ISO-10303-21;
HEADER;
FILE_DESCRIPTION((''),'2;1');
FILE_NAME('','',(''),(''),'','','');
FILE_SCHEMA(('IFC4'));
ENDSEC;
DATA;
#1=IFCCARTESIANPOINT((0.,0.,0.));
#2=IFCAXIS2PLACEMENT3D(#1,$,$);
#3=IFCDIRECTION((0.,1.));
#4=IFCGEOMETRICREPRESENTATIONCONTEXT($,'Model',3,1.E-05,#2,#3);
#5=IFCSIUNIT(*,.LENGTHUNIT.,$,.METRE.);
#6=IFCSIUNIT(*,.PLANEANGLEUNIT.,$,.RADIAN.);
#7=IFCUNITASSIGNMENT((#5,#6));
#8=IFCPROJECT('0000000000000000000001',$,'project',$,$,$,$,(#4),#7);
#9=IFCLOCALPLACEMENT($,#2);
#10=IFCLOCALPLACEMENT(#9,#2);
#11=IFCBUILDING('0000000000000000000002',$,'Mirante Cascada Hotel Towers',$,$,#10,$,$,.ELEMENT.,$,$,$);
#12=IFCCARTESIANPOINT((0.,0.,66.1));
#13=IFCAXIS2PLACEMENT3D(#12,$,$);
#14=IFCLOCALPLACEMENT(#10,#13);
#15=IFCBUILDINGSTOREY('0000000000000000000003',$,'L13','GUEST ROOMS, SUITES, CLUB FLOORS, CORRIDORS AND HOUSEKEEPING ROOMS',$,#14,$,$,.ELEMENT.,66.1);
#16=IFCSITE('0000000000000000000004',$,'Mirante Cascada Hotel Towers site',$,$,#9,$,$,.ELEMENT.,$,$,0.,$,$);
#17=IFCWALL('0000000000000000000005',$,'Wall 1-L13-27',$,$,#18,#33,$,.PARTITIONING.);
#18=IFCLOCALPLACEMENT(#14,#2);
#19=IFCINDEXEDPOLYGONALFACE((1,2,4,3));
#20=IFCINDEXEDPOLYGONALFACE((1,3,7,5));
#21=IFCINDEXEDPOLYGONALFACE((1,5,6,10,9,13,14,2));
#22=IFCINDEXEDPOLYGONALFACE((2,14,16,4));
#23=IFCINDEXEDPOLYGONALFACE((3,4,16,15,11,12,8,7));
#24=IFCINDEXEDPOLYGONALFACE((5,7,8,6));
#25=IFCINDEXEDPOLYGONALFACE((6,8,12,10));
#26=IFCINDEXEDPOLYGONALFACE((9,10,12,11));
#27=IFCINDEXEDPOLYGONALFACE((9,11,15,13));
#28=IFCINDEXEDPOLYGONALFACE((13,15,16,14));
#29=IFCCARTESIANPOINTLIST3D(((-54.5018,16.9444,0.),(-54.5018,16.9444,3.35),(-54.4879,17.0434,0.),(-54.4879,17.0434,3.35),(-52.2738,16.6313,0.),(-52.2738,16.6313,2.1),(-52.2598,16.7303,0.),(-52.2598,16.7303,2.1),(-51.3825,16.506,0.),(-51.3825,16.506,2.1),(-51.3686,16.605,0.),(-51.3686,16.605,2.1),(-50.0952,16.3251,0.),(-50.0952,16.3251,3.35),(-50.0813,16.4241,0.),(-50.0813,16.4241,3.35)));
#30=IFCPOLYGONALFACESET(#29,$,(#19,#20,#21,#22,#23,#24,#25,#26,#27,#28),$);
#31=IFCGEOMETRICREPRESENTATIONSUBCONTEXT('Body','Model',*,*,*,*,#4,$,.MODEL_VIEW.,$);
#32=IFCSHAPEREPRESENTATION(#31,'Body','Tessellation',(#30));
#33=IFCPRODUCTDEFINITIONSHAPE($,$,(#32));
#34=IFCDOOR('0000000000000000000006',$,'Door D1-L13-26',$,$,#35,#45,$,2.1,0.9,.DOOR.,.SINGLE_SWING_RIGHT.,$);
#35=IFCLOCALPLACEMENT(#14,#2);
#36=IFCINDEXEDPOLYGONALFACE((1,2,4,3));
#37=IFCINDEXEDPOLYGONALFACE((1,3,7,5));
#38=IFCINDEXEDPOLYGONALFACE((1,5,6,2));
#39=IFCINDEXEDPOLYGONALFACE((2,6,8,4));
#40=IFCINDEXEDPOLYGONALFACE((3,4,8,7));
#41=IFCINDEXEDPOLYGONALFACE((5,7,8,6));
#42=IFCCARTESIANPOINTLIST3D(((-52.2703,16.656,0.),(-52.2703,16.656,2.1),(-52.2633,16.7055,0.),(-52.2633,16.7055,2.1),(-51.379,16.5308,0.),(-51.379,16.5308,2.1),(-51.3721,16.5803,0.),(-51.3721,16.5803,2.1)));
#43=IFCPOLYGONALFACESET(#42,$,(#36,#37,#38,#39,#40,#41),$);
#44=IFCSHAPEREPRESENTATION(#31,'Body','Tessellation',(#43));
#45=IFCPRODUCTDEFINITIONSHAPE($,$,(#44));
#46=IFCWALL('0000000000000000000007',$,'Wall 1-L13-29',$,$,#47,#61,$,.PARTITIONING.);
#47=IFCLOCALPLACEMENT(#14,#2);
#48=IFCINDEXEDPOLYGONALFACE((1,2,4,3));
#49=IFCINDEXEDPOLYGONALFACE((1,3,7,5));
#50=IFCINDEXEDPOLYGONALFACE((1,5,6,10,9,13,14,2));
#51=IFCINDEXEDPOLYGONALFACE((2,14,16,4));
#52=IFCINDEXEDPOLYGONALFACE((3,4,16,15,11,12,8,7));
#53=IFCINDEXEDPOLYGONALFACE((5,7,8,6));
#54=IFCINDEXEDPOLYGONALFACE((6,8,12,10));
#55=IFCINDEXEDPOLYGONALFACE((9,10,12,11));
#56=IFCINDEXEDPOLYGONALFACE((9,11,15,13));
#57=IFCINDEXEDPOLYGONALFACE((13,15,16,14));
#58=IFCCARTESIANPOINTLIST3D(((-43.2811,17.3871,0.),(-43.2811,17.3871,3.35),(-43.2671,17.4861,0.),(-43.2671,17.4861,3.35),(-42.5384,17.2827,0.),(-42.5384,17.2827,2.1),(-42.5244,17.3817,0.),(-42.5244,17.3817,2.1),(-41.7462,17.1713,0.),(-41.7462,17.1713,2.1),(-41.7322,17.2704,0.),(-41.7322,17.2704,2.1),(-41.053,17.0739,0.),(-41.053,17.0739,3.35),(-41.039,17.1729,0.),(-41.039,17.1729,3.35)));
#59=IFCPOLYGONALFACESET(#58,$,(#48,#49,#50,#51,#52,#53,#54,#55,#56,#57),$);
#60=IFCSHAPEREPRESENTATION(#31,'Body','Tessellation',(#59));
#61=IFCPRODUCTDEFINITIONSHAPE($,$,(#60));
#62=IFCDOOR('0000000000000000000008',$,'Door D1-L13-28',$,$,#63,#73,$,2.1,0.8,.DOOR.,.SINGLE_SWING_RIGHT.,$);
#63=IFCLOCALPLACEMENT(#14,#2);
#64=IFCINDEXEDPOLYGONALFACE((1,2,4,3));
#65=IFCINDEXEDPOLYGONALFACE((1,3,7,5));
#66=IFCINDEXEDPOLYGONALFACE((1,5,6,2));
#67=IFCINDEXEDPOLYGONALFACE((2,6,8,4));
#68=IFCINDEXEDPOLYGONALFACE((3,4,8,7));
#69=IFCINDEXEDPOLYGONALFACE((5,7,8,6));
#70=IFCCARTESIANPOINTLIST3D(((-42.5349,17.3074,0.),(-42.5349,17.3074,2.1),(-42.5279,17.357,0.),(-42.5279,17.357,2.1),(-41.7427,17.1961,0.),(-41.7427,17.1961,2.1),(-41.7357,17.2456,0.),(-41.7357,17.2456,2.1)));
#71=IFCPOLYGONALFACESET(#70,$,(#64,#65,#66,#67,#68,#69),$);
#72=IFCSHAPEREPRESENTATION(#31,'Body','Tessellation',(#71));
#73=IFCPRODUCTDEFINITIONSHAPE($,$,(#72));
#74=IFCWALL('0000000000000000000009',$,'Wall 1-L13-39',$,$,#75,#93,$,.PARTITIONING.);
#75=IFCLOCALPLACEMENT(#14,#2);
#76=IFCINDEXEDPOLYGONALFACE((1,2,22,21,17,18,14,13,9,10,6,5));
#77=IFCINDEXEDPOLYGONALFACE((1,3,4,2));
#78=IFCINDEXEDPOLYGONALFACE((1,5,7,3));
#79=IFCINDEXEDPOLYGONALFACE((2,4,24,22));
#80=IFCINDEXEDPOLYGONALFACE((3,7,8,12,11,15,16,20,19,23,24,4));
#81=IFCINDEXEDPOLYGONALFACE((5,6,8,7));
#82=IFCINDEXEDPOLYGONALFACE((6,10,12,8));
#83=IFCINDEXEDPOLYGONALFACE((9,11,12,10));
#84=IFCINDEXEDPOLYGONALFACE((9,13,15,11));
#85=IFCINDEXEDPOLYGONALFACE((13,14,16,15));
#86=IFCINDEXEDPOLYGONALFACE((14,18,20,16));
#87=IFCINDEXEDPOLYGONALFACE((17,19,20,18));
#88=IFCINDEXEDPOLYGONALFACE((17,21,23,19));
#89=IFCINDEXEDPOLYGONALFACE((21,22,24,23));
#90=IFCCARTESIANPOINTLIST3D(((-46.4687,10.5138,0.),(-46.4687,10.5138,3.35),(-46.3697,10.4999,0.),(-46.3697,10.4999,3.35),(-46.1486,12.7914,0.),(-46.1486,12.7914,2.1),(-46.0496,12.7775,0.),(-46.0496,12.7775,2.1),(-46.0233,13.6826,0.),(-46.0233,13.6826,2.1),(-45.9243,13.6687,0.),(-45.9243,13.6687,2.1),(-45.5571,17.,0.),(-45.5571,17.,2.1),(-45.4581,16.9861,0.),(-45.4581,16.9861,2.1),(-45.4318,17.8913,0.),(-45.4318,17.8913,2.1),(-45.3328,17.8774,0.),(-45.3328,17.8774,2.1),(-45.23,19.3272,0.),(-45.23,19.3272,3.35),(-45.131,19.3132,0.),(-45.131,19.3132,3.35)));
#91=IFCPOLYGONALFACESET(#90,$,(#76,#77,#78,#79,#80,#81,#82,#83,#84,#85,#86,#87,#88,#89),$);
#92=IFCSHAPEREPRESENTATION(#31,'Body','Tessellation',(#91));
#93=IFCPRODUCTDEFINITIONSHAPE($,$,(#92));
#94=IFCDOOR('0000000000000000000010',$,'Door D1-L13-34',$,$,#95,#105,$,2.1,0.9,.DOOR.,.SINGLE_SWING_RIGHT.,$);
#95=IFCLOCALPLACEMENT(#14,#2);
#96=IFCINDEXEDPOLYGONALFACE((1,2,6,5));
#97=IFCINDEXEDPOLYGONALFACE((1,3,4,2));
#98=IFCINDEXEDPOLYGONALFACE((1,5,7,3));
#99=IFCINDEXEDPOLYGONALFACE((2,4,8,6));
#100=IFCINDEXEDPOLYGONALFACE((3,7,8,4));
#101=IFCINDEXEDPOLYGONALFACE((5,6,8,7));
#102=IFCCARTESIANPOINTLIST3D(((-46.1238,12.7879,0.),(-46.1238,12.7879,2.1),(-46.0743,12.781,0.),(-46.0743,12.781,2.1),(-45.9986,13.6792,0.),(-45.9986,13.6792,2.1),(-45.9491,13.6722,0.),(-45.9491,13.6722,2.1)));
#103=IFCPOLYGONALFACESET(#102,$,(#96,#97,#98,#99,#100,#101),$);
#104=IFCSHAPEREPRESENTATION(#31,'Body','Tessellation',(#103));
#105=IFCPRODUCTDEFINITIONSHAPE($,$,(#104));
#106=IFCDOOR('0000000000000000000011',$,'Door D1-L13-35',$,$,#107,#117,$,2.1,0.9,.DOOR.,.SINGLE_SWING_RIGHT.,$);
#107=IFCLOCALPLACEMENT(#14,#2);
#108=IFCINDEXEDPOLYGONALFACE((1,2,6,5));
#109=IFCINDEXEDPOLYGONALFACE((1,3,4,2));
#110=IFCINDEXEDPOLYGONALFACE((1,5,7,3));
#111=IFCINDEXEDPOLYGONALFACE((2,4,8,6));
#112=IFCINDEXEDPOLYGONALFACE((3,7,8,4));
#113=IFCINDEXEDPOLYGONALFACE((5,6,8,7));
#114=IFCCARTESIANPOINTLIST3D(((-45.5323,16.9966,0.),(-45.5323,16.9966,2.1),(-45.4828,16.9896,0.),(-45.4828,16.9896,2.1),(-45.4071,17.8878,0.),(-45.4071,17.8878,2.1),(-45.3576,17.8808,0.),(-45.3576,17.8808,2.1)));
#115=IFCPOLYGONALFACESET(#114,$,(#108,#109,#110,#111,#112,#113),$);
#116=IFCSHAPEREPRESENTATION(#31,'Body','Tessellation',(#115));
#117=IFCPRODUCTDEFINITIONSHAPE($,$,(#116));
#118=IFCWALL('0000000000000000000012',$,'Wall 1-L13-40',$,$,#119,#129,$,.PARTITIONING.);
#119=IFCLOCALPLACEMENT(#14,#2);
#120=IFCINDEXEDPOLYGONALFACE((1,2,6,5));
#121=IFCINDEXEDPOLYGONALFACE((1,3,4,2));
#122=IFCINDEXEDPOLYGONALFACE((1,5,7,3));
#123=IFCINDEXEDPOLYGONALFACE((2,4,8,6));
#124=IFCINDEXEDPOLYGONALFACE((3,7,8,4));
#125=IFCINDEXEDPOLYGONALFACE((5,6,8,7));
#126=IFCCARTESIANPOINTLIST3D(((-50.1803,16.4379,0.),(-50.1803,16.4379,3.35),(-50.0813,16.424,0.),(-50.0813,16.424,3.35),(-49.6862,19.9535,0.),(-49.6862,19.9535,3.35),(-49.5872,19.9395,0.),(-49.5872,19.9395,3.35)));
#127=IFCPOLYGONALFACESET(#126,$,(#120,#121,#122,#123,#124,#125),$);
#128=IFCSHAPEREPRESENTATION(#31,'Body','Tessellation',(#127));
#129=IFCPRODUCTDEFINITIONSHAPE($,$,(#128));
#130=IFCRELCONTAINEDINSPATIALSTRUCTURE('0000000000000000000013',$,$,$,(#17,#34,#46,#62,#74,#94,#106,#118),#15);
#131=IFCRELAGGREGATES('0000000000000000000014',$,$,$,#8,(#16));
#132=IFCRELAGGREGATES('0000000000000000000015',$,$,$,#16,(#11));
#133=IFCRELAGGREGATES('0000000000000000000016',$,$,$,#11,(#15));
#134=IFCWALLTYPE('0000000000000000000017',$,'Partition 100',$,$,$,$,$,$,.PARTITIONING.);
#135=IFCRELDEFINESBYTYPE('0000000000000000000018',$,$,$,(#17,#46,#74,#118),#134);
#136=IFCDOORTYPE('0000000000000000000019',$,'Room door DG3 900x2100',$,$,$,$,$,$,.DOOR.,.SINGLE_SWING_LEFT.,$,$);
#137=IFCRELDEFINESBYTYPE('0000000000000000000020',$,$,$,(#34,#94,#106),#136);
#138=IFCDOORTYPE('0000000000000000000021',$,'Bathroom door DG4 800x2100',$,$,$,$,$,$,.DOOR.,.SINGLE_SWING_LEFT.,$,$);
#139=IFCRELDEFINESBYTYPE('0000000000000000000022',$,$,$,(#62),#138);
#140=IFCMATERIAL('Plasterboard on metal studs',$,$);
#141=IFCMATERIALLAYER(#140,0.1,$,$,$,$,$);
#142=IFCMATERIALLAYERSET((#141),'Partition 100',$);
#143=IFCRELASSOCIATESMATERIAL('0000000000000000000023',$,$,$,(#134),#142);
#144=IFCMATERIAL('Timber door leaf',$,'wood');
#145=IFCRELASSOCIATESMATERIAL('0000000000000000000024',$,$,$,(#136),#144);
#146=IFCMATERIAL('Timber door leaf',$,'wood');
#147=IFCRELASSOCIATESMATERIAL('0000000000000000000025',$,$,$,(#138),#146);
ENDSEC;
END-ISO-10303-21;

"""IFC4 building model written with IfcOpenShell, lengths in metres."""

from ifc_helpers import new_model, si_unit, direction, frame, frame_2d, origin, place, context, subcontext, project, spatial, rectangle, extrude, material, layer, layer_set, type_object, element, fill, save


model = new_model("IFC4")

# Units and contexts
model_context = context("Model", 3, precision=1e-05, world=origin(), true_north=direction((0.0, 1.0)))
body_context = subcontext(model_context, "Body", "Model", "MODEL_VIEW")
ifc_project = project(units=[si_unit("LENGTHUNIT", "METRE"), si_unit("PLANEANGLEUNIT", "RADIAN")], contexts=[model_context])

# Site, building, storey
site_placement = place(None, origin())
site = spatial("IfcSite", under=ifc_project, at=site_placement, Name="Mirante Cascada Hotel Towers site", CompositionType="ELEMENT", RefElevation=0.0)
building_placement = place(site_placement, origin())
building = spatial("IfcBuilding", under=site, at=building_placement, Name="Mirante Cascada Hotel Towers", CompositionType="ELEMENT")
storey_placement = place(building_placement, frame((0.0, 0.0, 66.1)))
storey = spatial("IfcBuildingStorey", under=building, at=storey_placement, Name="L13", Description="GUEST ROOMS, SUITES, CLUB FLOORS, CORRIDORS AND HOUSEKEEPING ROOMS", CompositionType="ELEMENT", Elevation=66.1)

# Shared definitions
ifc_material_1 = material(Name="Plasterboard on metal studs")
ifc_layer_1 = layer(ifc_material_1, 0.1)
ifc_layer_set_1 = layer_set([ifc_layer_1], Name="Partition 100")
wall_type_1 = type_object("IfcWallType", Name="Partition 100", PredefinedType="PARTITIONING", material=ifc_layer_set_1)

# Walls, openings, doors
wall_1_placement = place(storey_placement, frame((-54.4949, 16.9939, 0.0), z_axis=(0.0, 0.0, 1.0), x_axis=(0.990268, -0.139172, 0.0)))
wall_1 = element("IfcWall", 1, at=wall_1_placement, inside=storey, type_object=wall_type_1, Name="Wall 1-L13-27", PredefinedType="PARTITIONING", context=body_context, shape_type="SweptSolid", body=[
    extrude(rectangle(XDim=4.4499, YDim=0.1, at=frame_2d((2.225, 0.0))), origin(), (0.0, 0.0, 1.0), 3.35),
])
opening_1_placement = place(wall_1_placement, frame((2.25, 0.0, 0.0)))
opening_1 = element("IfcOpeningElement", 2, at=opening_1_placement, cuts=wall_1, PredefinedType="OPENING", context=body_context, shape_type="SweptSolid", body=[
    extrude(rectangle(XDim=0.9, YDim=2.1, at=frame_2d((0.45, 1.05))), frame((0.0, 0.05, 0.0), z_axis=(0.0, -1.0, 0.0), x_axis=(1.0, 0.0, 0.0)), (0.0, 0.0, 1.0), 0.1),
])
ifc_material_2 = material(Name="Timber door leaf", Category="wood")
door_type_1 = type_object("IfcDoorType", Name="Room door DG3 900x2100", OperationType="SINGLE_SWING_LEFT", PredefinedType="DOOR", material=ifc_material_2)
door_1_placement = place(opening_1_placement, frame((0.9, 0.0, 0.0), z_axis=(0.0, 0.0, 1.0), x_axis=(-1.0, 0.0, 0.0)))
door_1 = element("IfcDoor", 3, at=door_1_placement, inside=storey, type_object=door_type_1, Name="Door D1-L13-26", OperationType="SINGLE_SWING_RIGHT", OverallHeight=2.1, OverallWidth=0.9, PredefinedType="DOOR", context=body_context, shape_type="SweptSolid", body=[
    extrude(rectangle(XDim=0.9, YDim=2.1, at=frame_2d((0.45, 1.05))), frame((0.0, 0.025, 0.0), z_axis=(0.0, -1.0, 0.0), x_axis=(1.0, 0.0, 0.0)), (0.0, 0.0, 1.0), 0.05),
])
fill(opening_1, door_1)
wall_2_placement = place(storey_placement, frame((-43.2741, 17.4366, 0.0), z_axis=(0.0, 0.0, 1.0), x_axis=(0.990264, -0.1392, 0.0)))
wall_2 = element("IfcWall", 4, at=wall_2_placement, inside=storey, type_object=wall_type_1, Name="Wall 1-L13-29", PredefinedType="PARTITIONING", context=body_context, shape_type="SweptSolid", body=[
    extrude(rectangle(XDim=2.25, YDim=0.1, at=frame_2d((1.125, 0.0))), origin(), (0.0, 0.0, 1.0), 3.35),
])
opening_2_placement = place(wall_2_placement, frame((0.75, 0.0, 0.0)))
opening_2 = element("IfcOpeningElement", 5, at=opening_2_placement, cuts=wall_2, PredefinedType="OPENING", context=body_context, shape_type="SweptSolid", body=[
    extrude(rectangle(XDim=0.8, YDim=2.1, at=frame_2d((0.4, 1.05))), frame((0.0, 0.05, 0.0), z_axis=(0.0, -1.0, 0.0), x_axis=(1.0, 0.0, 0.0)), (0.0, 0.0, 1.0), 0.1),
])
ifc_material_3 = material(Name="Timber door leaf", Category="wood")
door_type_2 = type_object("IfcDoorType", Name="Bathroom door DG4 800x2100", OperationType="SINGLE_SWING_LEFT", PredefinedType="DOOR", material=ifc_material_3)
door_2_placement = place(opening_2_placement, frame((0.8, 0.0, 0.0), z_axis=(0.0, 0.0, 1.0), x_axis=(-1.0, 0.0, 0.0)))
door_2 = element("IfcDoor", 6, at=door_2_placement, inside=storey, type_object=door_type_2, Name="Door D1-L13-28", OperationType="SINGLE_SWING_RIGHT", OverallHeight=2.1, OverallWidth=0.8, PredefinedType="DOOR", context=body_context, shape_type="SweptSolid", body=[
    extrude(rectangle(XDim=0.8, YDim=2.1, at=frame_2d((0.4, 1.05))), frame((0.0, 0.025, 0.0), z_axis=(0.0, -1.0, 0.0), x_axis=(1.0, 0.0, 0.0)), (0.0, 0.0, 1.0), 0.05),
])
fill(opening_2, door_2)

# Wall, openings, doors
wall_3_placement = place(storey_placement, frame((-45.1805, 19.3202, 0.0), z_axis=(0.0, 0.0, 1.0), x_axis=(-0.139179, -0.990267, 0.0)))
wall_3 = element("IfcWall", 7, at=wall_3_placement, inside=storey, type_object=wall_type_1, Name="Wall 1-L13-39", PredefinedType="PARTITIONING", context=body_context, shape_type="SweptSolid", body=[
    extrude(rectangle(XDim=8.9, YDim=0.1, at=frame_2d((4.45, 0.0))), origin(), (0.0, 0.0, 1.0), 3.35),
])
opening_3_placement = place(wall_3_placement, frame((5.7, 0.0, 0.0)))
opening_3 = element("IfcOpeningElement", 8, at=opening_3_placement, cuts=wall_3, PredefinedType="OPENING", context=body_context, shape_type="SweptSolid", body=[
    extrude(rectangle(XDim=0.9, YDim=2.1, at=frame_2d((0.45, 1.05))), frame((0.0, 0.05, 0.0), z_axis=(0.0, -1.0, 0.0), x_axis=(1.0, 0.0, 0.0)), (0.0, 0.0, 1.0), 0.1),
])
opening_4_placement = place(wall_3_placement, frame((1.45, 0.0, 0.0)))
opening_4 = element("IfcOpeningElement", 9, at=opening_4_placement, cuts=wall_3, PredefinedType="OPENING", context=body_context, shape_type="SweptSolid", body=[
    extrude(rectangle(XDim=0.9, YDim=2.1, at=frame_2d((0.45, 1.05))), frame((0.0, 0.05, 0.0), z_axis=(0.0, -1.0, 0.0), x_axis=(1.0, 0.0, 0.0)), (0.0, 0.0, 1.0), 0.1),
])
door_3_placement = place(opening_3_placement, frame((0.9, 0.0, 0.0), z_axis=(0.0, 0.0, 1.0), x_axis=(-1.0, 0.0, 0.0)))
door_3 = element("IfcDoor", 10, at=door_3_placement, inside=storey, type_object=door_type_1, Name="Door D1-L13-34", OperationType="SINGLE_SWING_RIGHT", OverallHeight=2.1, OverallWidth=0.9, PredefinedType="DOOR", context=body_context, shape_type="SweptSolid", body=[
    extrude(rectangle(XDim=0.9, YDim=2.1, at=frame_2d((0.45, 1.05))), frame((0.0, 0.025, 0.0), z_axis=(0.0, -1.0, 0.0), x_axis=(1.0, 0.0, 0.0)), (0.0, 0.0, 1.0), 0.05),
])
fill(opening_3, door_3)
door_4_placement = place(opening_4_placement, frame((0.9, 0.0, 0.0), z_axis=(0.0, 0.0, 1.0), x_axis=(-1.0, 0.0, 0.0)))
door_4 = element("IfcDoor", 11, at=door_4_placement, inside=storey, type_object=door_type_1, Name="Door D1-L13-35", OperationType="SINGLE_SWING_RIGHT", OverallHeight=2.1, OverallWidth=0.9, PredefinedType="DOOR", context=body_context, shape_type="SweptSolid", body=[
    extrude(rectangle(XDim=0.9, YDim=2.1, at=frame_2d((0.45, 1.05))), frame((0.0, 0.025, 0.0), z_axis=(0.0, -1.0, 0.0), x_axis=(1.0, 0.0, 0.0)), (0.0, 0.0, 1.0), 0.05),
])
fill(opening_4, door_4)

# Wall
wall_4_placement = place(storey_placement, frame((-50.1308, 16.431, 0.0), z_axis=(0.0, 0.0, 1.0), x_axis=(0.139181, 0.990267, 0.0)))
element("IfcWall", 12, at=wall_4_placement, inside=storey, type_object=wall_type_1, Name="Wall 1-L13-40", PredefinedType="PARTITIONING", context=body_context, shape_type="SweptSolid", body=[
    extrude(rectangle(XDim=3.5501, YDim=0.1, at=frame_2d((1.775, 0.0))), origin(), (0.0, 0.0, 1.0), 3.35),
])

save(model, "model.ifc")
